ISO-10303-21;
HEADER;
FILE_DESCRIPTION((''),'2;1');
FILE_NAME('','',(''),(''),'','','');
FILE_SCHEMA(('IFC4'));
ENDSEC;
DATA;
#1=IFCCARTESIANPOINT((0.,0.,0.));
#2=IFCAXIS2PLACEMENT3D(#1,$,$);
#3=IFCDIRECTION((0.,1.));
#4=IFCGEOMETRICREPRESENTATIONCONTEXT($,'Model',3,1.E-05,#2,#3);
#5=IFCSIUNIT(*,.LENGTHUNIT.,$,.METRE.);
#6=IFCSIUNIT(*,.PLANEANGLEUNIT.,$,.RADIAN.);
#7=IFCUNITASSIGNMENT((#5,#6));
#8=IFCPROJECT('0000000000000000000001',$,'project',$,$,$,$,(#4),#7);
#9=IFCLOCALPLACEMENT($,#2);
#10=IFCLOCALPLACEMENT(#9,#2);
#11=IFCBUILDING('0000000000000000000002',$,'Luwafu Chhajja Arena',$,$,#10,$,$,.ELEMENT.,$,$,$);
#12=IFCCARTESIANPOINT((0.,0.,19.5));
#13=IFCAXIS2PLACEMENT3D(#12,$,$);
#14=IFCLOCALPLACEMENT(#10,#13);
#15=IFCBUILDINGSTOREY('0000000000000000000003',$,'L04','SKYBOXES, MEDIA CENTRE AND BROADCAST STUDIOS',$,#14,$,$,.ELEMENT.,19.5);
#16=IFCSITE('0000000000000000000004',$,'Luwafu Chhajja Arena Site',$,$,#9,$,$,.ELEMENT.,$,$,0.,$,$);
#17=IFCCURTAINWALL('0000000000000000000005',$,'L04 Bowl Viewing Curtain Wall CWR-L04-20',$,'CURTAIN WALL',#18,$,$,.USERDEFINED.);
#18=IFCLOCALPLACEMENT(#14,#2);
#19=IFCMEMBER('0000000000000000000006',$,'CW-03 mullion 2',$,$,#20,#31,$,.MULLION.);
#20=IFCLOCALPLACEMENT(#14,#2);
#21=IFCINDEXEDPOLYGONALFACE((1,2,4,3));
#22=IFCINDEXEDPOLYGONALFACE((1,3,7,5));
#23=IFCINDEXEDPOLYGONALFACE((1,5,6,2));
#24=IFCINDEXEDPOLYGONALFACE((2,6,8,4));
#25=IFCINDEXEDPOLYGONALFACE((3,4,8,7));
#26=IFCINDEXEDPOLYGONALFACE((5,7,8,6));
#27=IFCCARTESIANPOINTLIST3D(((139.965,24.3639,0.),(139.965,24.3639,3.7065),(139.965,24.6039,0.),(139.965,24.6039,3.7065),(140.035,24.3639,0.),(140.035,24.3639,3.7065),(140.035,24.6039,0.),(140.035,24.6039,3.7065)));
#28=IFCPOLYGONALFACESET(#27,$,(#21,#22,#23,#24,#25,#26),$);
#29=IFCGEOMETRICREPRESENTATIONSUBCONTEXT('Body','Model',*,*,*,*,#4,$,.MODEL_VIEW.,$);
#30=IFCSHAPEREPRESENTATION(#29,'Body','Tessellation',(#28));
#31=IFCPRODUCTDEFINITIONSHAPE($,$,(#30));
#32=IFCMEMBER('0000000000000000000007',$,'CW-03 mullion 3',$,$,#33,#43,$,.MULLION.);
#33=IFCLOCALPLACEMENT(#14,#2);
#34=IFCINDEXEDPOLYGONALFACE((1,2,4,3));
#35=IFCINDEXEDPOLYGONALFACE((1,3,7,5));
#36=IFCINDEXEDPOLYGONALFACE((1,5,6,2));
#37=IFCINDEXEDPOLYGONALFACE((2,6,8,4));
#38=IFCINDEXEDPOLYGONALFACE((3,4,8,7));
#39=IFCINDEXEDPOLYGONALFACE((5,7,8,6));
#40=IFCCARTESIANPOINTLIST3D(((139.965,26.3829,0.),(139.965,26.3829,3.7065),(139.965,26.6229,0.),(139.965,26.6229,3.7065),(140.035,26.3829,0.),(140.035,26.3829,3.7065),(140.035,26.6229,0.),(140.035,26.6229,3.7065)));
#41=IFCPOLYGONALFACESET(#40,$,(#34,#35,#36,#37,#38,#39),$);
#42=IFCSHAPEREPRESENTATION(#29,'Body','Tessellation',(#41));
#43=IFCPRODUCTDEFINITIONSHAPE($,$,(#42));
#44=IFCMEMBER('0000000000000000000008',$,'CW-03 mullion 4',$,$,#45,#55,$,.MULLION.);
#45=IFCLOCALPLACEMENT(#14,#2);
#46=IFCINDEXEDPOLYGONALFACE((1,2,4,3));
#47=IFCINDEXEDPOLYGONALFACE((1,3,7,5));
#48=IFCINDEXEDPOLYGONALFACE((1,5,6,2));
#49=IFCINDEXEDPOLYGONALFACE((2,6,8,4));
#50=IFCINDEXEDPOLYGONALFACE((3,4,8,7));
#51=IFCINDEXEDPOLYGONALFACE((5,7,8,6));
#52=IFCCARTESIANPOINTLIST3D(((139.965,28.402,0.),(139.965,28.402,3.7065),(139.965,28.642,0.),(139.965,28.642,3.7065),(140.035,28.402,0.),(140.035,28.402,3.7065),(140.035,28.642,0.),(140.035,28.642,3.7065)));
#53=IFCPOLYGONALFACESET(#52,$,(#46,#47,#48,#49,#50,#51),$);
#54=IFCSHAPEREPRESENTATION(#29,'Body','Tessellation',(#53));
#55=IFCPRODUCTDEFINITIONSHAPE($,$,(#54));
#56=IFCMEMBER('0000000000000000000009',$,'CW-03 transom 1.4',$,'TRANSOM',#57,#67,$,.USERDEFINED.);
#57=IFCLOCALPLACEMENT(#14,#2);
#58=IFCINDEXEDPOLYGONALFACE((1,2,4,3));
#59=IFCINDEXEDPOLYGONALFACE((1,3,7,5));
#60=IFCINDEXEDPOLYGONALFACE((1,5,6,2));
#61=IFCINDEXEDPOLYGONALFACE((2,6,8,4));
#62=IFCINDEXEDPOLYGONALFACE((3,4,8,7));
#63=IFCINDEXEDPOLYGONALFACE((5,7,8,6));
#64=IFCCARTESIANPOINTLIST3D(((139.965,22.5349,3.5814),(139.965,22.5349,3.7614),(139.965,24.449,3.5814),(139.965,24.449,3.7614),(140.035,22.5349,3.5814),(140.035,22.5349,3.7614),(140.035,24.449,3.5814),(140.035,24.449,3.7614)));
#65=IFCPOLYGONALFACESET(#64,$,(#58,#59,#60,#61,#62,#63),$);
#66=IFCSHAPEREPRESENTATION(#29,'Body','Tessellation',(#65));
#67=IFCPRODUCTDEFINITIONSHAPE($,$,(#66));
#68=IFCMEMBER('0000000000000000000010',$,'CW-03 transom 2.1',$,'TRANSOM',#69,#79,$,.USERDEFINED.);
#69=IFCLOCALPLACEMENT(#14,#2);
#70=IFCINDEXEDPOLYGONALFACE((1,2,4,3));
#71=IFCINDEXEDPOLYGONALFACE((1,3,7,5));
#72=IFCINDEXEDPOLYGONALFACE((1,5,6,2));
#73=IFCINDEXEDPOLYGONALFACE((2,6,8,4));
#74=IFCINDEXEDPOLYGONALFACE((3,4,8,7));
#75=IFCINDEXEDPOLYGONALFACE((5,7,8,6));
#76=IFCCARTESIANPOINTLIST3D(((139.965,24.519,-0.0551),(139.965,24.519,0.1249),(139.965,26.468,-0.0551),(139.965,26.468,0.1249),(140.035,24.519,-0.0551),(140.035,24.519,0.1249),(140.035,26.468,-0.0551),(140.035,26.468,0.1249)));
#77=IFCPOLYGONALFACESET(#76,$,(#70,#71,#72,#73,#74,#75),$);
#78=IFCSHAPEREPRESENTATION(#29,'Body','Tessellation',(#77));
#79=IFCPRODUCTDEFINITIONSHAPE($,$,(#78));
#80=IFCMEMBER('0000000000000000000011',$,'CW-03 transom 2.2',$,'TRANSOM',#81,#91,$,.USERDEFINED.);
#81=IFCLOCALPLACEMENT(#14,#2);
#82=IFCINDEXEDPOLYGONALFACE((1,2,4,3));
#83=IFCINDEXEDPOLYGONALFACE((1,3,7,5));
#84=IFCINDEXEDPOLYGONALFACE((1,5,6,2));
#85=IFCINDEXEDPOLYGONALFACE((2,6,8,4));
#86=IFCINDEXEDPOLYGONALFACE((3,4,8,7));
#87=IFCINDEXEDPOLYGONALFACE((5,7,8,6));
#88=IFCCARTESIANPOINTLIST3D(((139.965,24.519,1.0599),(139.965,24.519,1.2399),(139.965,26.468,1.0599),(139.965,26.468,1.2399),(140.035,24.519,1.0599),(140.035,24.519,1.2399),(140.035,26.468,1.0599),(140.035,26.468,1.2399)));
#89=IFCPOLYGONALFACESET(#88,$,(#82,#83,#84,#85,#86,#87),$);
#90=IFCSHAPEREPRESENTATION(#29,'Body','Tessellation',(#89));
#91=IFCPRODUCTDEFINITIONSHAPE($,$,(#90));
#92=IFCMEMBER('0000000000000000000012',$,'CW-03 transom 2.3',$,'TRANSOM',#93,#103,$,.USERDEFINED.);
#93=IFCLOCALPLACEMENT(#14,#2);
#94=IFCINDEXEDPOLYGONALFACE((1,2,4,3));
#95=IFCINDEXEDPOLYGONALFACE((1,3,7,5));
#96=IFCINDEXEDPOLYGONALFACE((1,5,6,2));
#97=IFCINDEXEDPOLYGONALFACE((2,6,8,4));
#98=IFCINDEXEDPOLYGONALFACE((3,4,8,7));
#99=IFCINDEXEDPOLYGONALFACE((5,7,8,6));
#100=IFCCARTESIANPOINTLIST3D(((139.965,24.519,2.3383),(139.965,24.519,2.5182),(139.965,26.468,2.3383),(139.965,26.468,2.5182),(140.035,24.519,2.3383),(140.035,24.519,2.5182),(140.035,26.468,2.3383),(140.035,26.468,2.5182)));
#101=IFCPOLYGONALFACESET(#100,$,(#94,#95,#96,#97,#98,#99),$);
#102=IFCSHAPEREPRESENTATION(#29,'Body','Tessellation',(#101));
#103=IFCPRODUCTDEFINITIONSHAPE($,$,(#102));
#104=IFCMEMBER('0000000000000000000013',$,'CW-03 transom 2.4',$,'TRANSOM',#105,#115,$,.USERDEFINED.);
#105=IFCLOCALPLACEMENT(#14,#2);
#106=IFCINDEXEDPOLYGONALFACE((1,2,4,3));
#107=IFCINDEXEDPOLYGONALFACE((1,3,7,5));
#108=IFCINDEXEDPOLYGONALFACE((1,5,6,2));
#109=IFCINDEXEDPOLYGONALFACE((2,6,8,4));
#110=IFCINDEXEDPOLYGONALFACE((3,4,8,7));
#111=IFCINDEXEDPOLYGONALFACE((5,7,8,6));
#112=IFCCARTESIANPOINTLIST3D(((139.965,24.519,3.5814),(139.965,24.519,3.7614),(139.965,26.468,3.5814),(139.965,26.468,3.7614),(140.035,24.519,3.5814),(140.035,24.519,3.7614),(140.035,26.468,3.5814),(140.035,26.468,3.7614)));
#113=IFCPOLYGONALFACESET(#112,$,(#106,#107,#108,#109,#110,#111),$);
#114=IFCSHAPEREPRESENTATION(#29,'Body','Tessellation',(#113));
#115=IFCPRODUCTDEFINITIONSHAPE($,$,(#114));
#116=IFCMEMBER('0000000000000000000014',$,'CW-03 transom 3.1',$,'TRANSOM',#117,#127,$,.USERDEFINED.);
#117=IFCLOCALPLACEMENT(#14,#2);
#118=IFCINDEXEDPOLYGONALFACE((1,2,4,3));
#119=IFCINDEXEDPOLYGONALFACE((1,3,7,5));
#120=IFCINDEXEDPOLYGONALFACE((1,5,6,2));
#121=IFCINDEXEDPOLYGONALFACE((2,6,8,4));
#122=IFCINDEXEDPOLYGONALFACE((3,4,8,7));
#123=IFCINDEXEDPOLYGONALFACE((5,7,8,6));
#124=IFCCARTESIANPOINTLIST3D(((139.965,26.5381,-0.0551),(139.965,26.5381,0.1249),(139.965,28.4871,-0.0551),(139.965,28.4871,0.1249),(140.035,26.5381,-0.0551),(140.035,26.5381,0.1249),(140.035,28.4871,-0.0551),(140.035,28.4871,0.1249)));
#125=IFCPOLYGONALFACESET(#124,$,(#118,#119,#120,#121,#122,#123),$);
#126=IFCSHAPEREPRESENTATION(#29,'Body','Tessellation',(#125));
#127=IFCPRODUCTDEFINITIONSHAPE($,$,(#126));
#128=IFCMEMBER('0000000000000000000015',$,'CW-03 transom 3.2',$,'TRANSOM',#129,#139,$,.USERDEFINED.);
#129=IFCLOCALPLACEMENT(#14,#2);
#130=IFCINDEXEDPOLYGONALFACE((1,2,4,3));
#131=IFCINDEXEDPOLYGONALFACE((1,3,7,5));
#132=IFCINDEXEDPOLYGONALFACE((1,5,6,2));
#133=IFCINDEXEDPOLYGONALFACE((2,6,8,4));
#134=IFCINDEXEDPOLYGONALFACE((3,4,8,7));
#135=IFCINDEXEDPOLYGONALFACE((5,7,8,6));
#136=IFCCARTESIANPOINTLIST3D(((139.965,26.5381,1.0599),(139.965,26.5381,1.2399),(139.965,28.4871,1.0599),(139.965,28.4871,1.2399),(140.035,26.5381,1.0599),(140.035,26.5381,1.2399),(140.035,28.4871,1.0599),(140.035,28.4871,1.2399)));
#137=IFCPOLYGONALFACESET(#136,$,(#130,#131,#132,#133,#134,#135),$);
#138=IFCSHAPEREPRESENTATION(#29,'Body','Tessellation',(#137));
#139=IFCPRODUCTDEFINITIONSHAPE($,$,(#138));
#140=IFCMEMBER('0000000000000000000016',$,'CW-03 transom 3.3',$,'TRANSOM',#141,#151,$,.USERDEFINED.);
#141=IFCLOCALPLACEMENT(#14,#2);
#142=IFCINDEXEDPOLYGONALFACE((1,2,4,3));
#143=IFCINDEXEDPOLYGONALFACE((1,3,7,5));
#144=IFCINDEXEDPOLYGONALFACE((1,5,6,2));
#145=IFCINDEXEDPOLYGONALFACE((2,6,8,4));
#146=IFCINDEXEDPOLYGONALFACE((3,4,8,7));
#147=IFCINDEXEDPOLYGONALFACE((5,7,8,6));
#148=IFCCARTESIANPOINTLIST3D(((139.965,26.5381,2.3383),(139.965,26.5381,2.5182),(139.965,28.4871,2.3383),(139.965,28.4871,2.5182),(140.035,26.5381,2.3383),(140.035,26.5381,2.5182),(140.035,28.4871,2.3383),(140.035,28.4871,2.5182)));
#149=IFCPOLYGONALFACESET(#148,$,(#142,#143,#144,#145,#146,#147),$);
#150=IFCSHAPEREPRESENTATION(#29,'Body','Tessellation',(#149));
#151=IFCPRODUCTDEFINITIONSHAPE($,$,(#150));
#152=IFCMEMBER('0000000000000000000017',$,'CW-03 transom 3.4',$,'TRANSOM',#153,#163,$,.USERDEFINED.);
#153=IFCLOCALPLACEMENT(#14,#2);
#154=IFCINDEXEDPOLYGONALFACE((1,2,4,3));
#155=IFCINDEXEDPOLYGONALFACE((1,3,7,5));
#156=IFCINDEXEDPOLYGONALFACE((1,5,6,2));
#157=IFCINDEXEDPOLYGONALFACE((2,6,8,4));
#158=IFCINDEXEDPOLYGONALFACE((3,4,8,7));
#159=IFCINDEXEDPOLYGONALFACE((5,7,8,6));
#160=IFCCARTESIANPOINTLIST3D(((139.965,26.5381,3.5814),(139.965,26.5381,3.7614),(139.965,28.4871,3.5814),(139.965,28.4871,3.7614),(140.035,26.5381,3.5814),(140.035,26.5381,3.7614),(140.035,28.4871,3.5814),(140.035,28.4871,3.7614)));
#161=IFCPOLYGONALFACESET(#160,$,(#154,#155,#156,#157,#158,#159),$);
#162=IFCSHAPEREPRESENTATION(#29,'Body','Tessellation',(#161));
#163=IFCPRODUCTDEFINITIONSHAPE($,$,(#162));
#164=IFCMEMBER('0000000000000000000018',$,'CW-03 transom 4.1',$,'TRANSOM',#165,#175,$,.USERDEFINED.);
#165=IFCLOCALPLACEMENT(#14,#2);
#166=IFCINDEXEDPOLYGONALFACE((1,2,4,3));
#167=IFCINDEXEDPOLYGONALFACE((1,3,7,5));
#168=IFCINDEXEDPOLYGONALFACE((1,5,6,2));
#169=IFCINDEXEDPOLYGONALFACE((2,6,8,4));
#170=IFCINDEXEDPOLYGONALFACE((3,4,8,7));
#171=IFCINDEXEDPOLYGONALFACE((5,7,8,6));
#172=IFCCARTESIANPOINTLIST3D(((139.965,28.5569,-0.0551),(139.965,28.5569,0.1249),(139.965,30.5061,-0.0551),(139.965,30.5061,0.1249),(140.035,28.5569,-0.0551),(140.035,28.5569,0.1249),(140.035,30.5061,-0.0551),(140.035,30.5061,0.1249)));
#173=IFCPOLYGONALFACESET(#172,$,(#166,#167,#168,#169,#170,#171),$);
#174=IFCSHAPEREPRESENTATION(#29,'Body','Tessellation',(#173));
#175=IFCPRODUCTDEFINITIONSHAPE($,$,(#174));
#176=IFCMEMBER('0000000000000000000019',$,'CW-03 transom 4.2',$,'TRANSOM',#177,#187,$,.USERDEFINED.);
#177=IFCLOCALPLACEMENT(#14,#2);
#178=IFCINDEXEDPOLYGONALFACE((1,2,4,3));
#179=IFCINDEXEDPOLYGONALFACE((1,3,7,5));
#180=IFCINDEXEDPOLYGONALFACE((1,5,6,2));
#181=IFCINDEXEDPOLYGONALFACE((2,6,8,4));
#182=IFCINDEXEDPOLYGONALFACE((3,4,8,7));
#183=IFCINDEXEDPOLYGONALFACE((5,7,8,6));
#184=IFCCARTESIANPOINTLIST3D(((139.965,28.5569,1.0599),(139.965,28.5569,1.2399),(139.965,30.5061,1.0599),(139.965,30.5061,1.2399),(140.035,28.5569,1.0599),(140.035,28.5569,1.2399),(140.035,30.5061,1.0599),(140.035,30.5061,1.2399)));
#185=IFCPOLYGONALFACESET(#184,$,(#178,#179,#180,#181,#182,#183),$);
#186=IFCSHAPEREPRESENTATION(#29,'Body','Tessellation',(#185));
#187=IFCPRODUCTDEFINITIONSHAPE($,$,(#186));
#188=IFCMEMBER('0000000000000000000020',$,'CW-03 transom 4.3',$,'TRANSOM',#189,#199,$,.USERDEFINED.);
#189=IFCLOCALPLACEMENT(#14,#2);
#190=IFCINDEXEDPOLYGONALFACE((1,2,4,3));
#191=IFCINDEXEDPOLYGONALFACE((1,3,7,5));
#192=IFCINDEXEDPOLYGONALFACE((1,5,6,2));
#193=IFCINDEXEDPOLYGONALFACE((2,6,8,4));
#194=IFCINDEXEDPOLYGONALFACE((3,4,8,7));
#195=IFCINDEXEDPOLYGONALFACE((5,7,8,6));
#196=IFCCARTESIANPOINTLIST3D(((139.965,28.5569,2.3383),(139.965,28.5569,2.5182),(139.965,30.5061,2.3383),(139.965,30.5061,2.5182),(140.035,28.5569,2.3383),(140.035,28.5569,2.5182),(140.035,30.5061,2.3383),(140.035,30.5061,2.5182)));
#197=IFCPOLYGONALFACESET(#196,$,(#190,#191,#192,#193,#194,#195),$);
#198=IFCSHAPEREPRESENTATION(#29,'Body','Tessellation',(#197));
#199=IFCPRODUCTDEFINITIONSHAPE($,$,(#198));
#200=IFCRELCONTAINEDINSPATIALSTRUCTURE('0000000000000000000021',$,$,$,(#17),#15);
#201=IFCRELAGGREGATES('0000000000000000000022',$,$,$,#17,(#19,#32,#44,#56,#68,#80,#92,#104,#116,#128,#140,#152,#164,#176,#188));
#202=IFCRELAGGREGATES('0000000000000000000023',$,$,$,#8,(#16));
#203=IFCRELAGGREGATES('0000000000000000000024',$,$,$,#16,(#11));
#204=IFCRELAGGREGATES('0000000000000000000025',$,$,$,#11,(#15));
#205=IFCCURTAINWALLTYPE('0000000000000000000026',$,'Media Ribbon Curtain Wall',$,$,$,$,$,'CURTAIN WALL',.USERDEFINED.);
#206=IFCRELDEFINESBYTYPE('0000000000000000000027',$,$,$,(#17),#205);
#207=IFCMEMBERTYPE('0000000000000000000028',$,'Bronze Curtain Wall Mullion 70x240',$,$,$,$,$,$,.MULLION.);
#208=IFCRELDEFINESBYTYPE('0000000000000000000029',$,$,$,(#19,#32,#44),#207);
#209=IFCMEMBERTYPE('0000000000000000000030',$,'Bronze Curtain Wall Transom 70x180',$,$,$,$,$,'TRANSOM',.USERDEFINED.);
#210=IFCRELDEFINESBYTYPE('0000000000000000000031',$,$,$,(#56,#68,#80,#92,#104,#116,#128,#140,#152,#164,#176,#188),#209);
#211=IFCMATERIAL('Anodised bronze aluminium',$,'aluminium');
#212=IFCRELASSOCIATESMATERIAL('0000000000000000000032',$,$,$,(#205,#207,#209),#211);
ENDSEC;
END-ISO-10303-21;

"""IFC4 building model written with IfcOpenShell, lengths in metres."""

from ifc_helpers import new_model, si_unit, direction, frame, origin, origin_2d, place, context, subcontext, project, spatial, rectangle, extrude, material, material_profile, profile_set, type_object, element, aggregate, save


model = new_model("IFC4")

# Units and contexts
model_context = context("Model", 3, precision=1e-05, world=origin(), true_north=direction((0.0, 1.0)))
body_context = subcontext(model_context, "Body", "Model", "MODEL_VIEW")
ifc_project = project(units=[si_unit("LENGTHUNIT", "METRE"), si_unit("PLANEANGLEUNIT", "RADIAN")], contexts=[model_context])

# Site, building, storey
site_placement = place(None, origin())
site = spatial("IfcSite", under=ifc_project, at=site_placement, Name="Luwafu Chhajja Arena Site", CompositionType="ELEMENT", RefElevation=0.0)
building_placement = place(site_placement, origin())
building = spatial("IfcBuilding", under=site, at=building_placement, Name="Luwafu Chhajja Arena", CompositionType="ELEMENT")
storey_placement = place(building_placement, frame((0.0, 0.0, 19.5)))
storey = spatial("IfcBuildingStorey", under=building, at=storey_placement, Name="L04", Description="SKYBOXES, MEDIA CENTRE AND BROADCAST STUDIOS", CompositionType="ELEMENT", Elevation=19.5)

# Curtain wall, members
ifc_material_1 = material(Name="Anodised bronze aluminium", Category="aluminium")
curtain_wall_type = type_object("IfcCurtainWallType", Name="Media Ribbon Curtain Wall", ElementType="CURTAIN WALL", PredefinedType="USERDEFINED", material=ifc_material_1)
curtain_wall_placement = place(storey_placement, origin())
curtain_wall = element("IfcCurtainWall", 1, at=curtain_wall_placement, inside=storey, type_object=curtain_wall_type, Name="L04 Bowl Viewing Curtain Wall CWR-L04-20", ObjectType="CURTAIN WALL", PredefinedType="USERDEFINED")
ifc_material_profile_1 = material_profile(ifc_material_1, rectangle(XDim=0.0701, YDim=0.24, at=origin_2d()), Name="CWM 70x240")
ifc_profile_set_1 = profile_set([ifc_material_profile_1], Name="Anodised bronze aluminium")
member_type_1 = type_object("IfcMemberType", Name="Bronze Curtain Wall Mullion 70x240", PredefinedType="MULLION", material=ifc_profile_set_1)
member_1_placement = place(storey_placement, frame((140.0, 24.4839, 0.0), z_axis=(0.0, 0.0, 1.0), x_axis=(-1.0, 0.0, 0.0)))
member_1 = element("IfcMember", 2, at=member_1_placement, type_object=member_type_1, Name="CW-03 mullion 2", PredefinedType="MULLION", context=body_context, shape_type="SweptSolid", body=[
    extrude(rectangle(XDim=0.0701, YDim=0.24, at=origin_2d()), origin(), (0.0, 0.0, 1.0), 3.7065),
])
member_2_placement = place(storey_placement, frame((140.0, 26.5029, 0.0), z_axis=(0.0, 0.0, 1.0), x_axis=(-1.0, 0.0, 0.0)))
member_2 = element("IfcMember", 3, at=member_2_placement, type_object=member_type_1, Name="CW-03 mullion 3", PredefinedType="MULLION", context=body_context, shape_type="SweptSolid", body=[
    extrude(rectangle(XDim=0.0701, YDim=0.24, at=origin_2d()), origin(), (0.0, 0.0, 1.0), 3.7065),
])
member_3_placement = place(storey_placement, frame((140.0, 28.522, 0.0), z_axis=(0.0, 0.0, 1.0), x_axis=(-1.0, 0.0, 0.0)))
member_3 = element("IfcMember", 4, at=member_3_placement, type_object=member_type_1, Name="CW-03 mullion 4", PredefinedType="MULLION", context=body_context, shape_type="SweptSolid", body=[
    extrude(rectangle(XDim=0.0701, YDim=0.24, at=origin_2d()), origin(), (0.0, 0.0, 1.0), 3.7065),
])
ifc_material_profile_2 = material_profile(ifc_material_1, rectangle(XDim=0.0701, YDim=0.1799, at=origin_2d()), Name="CWT 70x180")
ifc_profile_set_2 = profile_set([ifc_material_profile_2], Name="Anodised bronze aluminium")
member_type_2 = type_object("IfcMemberType", Name="Bronze Curtain Wall Transom 70x180", ElementType="TRANSOM", PredefinedType="USERDEFINED", material=ifc_profile_set_2)
member_4_placement = place(storey_placement, frame((140.0, 22.5349, 3.6714), z_axis=(0.0, 1.0, 0.0), x_axis=(-1.0, 0.0, 0.0)))
member_4 = element("IfcMember", 5, at=member_4_placement, type_object=member_type_2, Name="CW-03 transom 1.4", ObjectType="TRANSOM", PredefinedType="USERDEFINED", context=body_context, shape_type="SweptSolid", body=[
    extrude(rectangle(XDim=0.0701, YDim=0.1799, at=origin_2d()), origin(), (0.0, 0.0, 1.0), 1.9141),
])
member_5_placement = place(storey_placement, frame((140.0, 24.519, 0.0349), z_axis=(0.0, 1.0, 0.0), x_axis=(-1.0, 0.0, 0.0)))
member_5 = element("IfcMember", 6, at=member_5_placement, type_object=member_type_2, Name="CW-03 transom 2.1", ObjectType="TRANSOM", PredefinedType="USERDEFINED", context=body_context, shape_type="SweptSolid", body=[
    extrude(rectangle(XDim=0.0701, YDim=0.1799, at=origin_2d()), origin(), (0.0, 0.0, 1.0), 1.949),
])
member_6_placement = place(storey_placement, frame((140.0, 24.519, 1.1499), z_axis=(0.0, 1.0, 0.0), x_axis=(-1.0, 0.0, 0.0)))
member_6 = element("IfcMember", 7, at=member_6_placement, type_object=member_type_2, Name="CW-03 transom 2.2", ObjectType="TRANSOM", PredefinedType="USERDEFINED", context=body_context, shape_type="SweptSolid", body=[
    extrude(rectangle(XDim=0.0701, YDim=0.1799, at=origin_2d()), origin(), (0.0, 0.0, 1.0), 1.949),
])
member_7_placement = place(storey_placement, frame((140.0, 24.519, 2.4282), z_axis=(0.0, 1.0, 0.0), x_axis=(-1.0, 0.0, 0.0)))
member_7 = element("IfcMember", 8, at=member_7_placement, type_object=member_type_2, Name="CW-03 transom 2.3", ObjectType="TRANSOM", PredefinedType="USERDEFINED", context=body_context, shape_type="SweptSolid", body=[
    extrude(rectangle(XDim=0.0701, YDim=0.1799, at=origin_2d()), origin(), (0.0, 0.0, 1.0), 1.949),
])
member_8_placement = place(storey_placement, frame((140.0, 24.519, 3.6714), z_axis=(0.0, 1.0, 0.0), x_axis=(-1.0, 0.0, 0.0)))
member_8 = element("IfcMember", 9, at=member_8_placement, type_object=member_type_2, Name="CW-03 transom 2.4", ObjectType="TRANSOM", PredefinedType="USERDEFINED", context=body_context, shape_type="SweptSolid", body=[
    extrude(rectangle(XDim=0.0701, YDim=0.1799, at=origin_2d()), origin(), (0.0, 0.0, 1.0), 1.949),
])
member_9_placement = place(storey_placement, frame((140.0, 26.5381, 0.0349), z_axis=(0.0, 1.0, 0.0), x_axis=(-1.0, 0.0, 0.0)))
member_9 = element("IfcMember", 10, at=member_9_placement, type_object=member_type_2, Name="CW-03 transom 3.1", ObjectType="TRANSOM", PredefinedType="USERDEFINED", context=body_context, shape_type="SweptSolid", body=[
    extrude(rectangle(XDim=0.0701, YDim=0.1799, at=origin_2d()), origin(), (0.0, 0.0, 1.0), 1.949),
])
member_10_placement = place(storey_placement, frame((140.0, 26.5381, 1.1499), z_axis=(0.0, 1.0, 0.0), x_axis=(-1.0, 0.0, 0.0)))
member_10 = element("IfcMember", 11, at=member_10_placement, type_object=member_type_2, Name="CW-03 transom 3.2", ObjectType="TRANSOM", PredefinedType="USERDEFINED", context=body_context, shape_type="SweptSolid", body=[
    extrude(rectangle(XDim=0.0701, YDim=0.1799, at=origin_2d()), origin(), (0.0, 0.0, 1.0), 1.949),
])
member_11_placement = place(storey_placement, frame((140.0, 26.5381, 2.4282), z_axis=(0.0, 1.0, 0.0), x_axis=(-1.0, 0.0, 0.0)))
member_11 = element("IfcMember", 12, at=member_11_placement, type_object=member_type_2, Name="CW-03 transom 3.3", ObjectType="TRANSOM", PredefinedType="USERDEFINED", context=body_context, shape_type="SweptSolid", body=[
    extrude(rectangle(XDim=0.0701, YDim=0.1799, at=origin_2d()), origin(), (0.0, 0.0, 1.0), 1.949),
])
member_12_placement = place(storey_placement, frame((140.0, 26.5381, 3.6714), z_axis=(0.0, 1.0, 0.0), x_axis=(-1.0, 0.0, 0.0)))
member_12 = element("IfcMember", 13, at=member_12_placement, type_object=member_type_2, Name="CW-03 transom 3.4", ObjectType="TRANSOM", PredefinedType="USERDEFINED", context=body_context, shape_type="SweptSolid", body=[
    extrude(rectangle(XDim=0.0701, YDim=0.1799, at=origin_2d()), origin(), (0.0, 0.0, 1.0), 1.949),
])
member_13_placement = place(storey_placement, frame((140.0, 28.5569, 0.0349), z_axis=(0.0, 1.0, 0.0), x_axis=(-1.0, 0.0, 0.0)))
member_13 = element("IfcMember", 14, at=member_13_placement, type_object=member_type_2, Name="CW-03 transom 4.1", ObjectType="TRANSOM", PredefinedType="USERDEFINED", context=body_context, shape_type="SweptSolid", body=[
    extrude(rectangle(XDim=0.0701, YDim=0.1799, at=origin_2d()), origin(), (0.0, 0.0, 1.0), 1.9492),
])
member_14_placement = place(storey_placement, frame((140.0, 28.5569, 1.1499), z_axis=(0.0, 1.0, 0.0), x_axis=(-1.0, 0.0, 0.0)))
member_14 = element("IfcMember", 15, at=member_14_placement, type_object=member_type_2, Name="CW-03 transom 4.2", ObjectType="TRANSOM", PredefinedType="USERDEFINED", context=body_context, shape_type="SweptSolid", body=[
    extrude(rectangle(XDim=0.0701, YDim=0.1799, at=origin_2d()), origin(), (0.0, 0.0, 1.0), 1.9492),
])
member_15_placement = place(storey_placement, frame((140.0, 28.5569, 2.4282), z_axis=(0.0, 1.0, 0.0), x_axis=(-1.0, 0.0, 0.0)))
member_15 = element("IfcMember", 16, at=member_15_placement, type_object=member_type_2, Name="CW-03 transom 4.3", ObjectType="TRANSOM", PredefinedType="USERDEFINED", context=body_context, shape_type="SweptSolid", body=[
    extrude(rectangle(XDim=0.0701, YDim=0.1799, at=origin_2d()), origin(), (0.0, 0.0, 1.0), 1.9492),
])
aggregate(curtain_wall, [member_1, member_2, member_3, member_4, member_5, member_6, member_7, member_8, member_9, member_10, member_11, member_12, member_13, member_14, member_15])

save(model, "model.ifc")
